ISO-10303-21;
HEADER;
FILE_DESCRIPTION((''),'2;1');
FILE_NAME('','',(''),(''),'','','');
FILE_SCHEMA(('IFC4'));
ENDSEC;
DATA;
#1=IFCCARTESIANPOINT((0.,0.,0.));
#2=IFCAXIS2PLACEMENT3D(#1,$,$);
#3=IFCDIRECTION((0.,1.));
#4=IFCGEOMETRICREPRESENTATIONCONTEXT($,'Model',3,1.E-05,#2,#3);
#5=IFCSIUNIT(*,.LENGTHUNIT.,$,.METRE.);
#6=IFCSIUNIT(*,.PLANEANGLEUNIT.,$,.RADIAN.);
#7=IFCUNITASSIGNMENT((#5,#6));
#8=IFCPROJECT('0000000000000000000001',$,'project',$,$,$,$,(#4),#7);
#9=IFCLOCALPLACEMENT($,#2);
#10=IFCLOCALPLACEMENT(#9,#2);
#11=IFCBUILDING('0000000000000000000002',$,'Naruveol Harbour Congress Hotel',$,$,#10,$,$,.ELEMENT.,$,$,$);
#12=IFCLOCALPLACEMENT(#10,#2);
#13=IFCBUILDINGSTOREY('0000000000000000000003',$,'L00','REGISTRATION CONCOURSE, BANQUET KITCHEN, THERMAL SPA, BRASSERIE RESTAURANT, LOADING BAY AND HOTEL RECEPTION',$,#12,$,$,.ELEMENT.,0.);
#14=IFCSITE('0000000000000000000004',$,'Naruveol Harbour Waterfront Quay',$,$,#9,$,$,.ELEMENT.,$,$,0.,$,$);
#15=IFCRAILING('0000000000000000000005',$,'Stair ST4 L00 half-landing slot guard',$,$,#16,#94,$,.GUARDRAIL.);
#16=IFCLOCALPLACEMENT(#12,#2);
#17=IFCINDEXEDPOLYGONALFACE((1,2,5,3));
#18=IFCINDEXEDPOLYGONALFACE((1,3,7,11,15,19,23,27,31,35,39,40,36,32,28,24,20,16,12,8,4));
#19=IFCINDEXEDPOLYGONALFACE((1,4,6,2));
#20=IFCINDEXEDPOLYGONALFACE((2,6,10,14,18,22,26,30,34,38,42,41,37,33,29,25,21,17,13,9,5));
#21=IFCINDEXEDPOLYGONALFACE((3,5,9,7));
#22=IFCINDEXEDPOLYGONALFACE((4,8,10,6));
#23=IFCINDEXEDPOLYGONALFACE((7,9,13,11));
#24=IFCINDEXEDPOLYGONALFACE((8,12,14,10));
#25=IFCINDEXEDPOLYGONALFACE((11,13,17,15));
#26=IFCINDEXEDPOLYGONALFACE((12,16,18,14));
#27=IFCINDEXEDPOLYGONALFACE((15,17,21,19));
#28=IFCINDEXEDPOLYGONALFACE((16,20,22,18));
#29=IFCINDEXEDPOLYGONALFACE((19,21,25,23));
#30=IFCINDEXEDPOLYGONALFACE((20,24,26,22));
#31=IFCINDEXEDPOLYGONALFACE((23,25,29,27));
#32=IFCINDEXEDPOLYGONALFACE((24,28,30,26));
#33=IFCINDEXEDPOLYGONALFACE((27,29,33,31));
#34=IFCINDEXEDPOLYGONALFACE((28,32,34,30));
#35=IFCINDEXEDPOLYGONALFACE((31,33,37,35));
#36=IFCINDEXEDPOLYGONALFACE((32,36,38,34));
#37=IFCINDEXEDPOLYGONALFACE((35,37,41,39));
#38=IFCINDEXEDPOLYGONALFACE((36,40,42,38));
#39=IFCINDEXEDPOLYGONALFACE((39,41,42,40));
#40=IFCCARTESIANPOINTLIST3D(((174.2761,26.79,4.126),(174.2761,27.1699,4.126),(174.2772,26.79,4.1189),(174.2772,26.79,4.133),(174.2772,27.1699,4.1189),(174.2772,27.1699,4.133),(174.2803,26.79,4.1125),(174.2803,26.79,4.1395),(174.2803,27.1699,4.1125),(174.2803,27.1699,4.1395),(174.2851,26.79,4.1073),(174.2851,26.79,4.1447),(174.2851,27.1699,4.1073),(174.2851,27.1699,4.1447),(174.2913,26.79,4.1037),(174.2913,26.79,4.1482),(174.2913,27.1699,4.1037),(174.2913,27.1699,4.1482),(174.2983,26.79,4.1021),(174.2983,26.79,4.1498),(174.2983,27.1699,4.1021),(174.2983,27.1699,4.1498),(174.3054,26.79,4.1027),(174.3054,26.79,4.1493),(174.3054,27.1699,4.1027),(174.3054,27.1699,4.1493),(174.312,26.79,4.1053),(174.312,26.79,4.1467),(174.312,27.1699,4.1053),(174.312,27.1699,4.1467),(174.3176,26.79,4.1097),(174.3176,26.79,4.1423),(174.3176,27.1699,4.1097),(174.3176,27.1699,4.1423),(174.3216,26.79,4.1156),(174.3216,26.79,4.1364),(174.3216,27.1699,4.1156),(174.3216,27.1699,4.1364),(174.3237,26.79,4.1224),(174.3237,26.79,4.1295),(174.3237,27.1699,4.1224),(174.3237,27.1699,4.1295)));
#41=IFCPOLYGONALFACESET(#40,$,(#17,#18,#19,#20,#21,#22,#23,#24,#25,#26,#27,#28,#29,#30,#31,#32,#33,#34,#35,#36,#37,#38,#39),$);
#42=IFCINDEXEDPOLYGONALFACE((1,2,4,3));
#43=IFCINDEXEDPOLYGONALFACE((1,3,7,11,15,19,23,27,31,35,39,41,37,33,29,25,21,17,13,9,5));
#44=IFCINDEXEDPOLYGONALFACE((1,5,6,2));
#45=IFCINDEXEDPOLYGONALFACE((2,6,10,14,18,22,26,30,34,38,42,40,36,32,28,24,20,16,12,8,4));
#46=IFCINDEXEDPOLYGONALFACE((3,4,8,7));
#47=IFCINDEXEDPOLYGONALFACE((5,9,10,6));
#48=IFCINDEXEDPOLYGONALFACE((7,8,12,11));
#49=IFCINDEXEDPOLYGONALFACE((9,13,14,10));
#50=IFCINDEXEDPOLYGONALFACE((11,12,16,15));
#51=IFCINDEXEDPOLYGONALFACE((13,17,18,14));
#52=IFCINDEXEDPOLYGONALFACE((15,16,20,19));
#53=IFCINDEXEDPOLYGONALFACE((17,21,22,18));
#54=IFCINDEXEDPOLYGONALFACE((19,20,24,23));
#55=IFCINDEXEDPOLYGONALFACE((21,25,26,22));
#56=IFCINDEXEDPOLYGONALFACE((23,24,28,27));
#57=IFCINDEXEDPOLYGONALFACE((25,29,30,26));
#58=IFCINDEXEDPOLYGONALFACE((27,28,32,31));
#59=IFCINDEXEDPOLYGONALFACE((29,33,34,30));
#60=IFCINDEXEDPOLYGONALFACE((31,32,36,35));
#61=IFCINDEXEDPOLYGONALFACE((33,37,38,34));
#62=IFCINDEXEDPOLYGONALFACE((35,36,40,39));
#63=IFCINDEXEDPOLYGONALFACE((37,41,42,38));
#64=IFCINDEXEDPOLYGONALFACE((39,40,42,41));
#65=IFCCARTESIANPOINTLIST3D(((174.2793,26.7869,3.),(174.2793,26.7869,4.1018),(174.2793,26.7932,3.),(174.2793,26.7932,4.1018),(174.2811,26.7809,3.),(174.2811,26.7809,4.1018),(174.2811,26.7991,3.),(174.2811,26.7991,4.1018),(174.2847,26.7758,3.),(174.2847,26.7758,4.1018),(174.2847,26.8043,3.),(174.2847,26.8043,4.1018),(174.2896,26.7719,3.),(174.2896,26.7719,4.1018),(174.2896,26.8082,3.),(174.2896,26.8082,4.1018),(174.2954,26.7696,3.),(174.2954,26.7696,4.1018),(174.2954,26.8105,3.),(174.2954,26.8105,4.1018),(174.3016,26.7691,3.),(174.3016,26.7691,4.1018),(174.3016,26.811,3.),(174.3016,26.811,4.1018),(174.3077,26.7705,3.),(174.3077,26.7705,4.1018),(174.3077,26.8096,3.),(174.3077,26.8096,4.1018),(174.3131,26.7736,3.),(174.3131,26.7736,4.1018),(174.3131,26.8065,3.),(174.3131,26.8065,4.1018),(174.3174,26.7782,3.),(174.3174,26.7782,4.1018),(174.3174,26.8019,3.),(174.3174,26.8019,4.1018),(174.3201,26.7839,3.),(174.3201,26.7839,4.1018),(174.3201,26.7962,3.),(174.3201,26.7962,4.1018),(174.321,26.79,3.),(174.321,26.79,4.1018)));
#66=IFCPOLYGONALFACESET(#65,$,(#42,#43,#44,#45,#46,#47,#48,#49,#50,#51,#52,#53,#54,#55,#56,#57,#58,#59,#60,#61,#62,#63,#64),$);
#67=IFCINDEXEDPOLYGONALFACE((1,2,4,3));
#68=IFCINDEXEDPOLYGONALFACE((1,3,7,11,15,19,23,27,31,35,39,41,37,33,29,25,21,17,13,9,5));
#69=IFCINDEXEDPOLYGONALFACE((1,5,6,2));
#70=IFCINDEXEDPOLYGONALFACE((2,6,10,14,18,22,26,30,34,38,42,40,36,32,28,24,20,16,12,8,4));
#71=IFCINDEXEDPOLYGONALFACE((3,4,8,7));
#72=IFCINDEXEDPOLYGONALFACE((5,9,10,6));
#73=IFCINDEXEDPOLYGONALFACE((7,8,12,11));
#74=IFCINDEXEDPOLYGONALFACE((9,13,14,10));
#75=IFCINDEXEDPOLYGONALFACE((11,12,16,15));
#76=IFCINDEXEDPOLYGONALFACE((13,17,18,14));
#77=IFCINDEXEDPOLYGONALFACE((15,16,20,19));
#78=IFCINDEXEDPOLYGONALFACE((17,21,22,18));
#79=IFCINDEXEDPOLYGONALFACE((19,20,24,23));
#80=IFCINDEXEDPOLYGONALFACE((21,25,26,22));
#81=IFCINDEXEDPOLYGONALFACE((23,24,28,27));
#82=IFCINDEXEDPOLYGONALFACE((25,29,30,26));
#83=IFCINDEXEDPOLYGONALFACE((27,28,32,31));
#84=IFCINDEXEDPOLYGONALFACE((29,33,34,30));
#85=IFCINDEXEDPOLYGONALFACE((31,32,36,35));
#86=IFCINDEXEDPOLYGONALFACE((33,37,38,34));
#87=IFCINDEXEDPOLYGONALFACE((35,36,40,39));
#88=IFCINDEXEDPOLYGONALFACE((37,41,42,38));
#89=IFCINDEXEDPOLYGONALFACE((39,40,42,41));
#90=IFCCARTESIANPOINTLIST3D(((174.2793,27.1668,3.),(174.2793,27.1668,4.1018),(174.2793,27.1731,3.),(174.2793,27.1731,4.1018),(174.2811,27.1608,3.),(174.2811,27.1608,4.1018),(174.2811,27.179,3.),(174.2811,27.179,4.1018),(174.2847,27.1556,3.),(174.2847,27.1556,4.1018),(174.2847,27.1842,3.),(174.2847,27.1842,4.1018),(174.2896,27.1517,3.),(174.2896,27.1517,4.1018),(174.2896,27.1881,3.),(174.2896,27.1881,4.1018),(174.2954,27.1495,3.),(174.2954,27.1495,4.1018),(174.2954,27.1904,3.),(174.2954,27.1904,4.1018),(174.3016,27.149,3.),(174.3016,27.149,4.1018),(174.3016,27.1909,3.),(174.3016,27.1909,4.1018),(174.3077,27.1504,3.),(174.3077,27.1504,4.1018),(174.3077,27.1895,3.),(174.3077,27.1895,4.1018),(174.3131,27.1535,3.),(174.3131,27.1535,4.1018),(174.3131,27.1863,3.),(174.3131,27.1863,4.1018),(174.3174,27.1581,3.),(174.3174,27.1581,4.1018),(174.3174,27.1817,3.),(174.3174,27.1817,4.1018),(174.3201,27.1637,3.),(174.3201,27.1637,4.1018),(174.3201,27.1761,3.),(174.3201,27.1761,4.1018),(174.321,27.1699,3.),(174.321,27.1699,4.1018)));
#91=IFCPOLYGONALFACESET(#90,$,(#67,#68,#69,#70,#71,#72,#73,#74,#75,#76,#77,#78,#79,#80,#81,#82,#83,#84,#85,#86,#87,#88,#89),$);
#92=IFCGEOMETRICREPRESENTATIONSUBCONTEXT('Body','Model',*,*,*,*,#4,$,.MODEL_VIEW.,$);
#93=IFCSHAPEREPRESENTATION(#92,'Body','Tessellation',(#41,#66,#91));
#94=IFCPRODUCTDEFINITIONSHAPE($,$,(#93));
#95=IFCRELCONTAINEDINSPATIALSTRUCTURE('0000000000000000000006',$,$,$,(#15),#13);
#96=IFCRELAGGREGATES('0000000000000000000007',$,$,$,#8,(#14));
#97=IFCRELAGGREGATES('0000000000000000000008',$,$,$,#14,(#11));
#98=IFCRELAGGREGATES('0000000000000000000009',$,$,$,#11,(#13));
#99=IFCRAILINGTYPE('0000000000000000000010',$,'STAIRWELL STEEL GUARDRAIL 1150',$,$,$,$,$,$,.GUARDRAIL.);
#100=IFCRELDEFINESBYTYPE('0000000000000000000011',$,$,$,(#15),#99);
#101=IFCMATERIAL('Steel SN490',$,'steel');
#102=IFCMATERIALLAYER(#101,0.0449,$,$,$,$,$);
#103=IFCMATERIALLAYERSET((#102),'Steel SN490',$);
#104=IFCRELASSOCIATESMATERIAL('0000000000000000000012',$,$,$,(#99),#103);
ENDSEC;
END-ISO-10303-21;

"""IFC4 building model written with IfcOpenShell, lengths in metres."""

from ifc_helpers import new_model, si_unit, direction, frame, origin, origin_2d, place, context, subcontext, project, spatial, circle, extrude, material, layer, layer_set, type_object, element, save


model = new_model("IFC4")

# Units and contexts
model_context = context("Model", 3, precision=1e-05, world=origin(), true_north=direction((0.0, 1.0)))
body_context = subcontext(model_context, "Body", "Model", "MODEL_VIEW")
ifc_project = project(units=[si_unit("LENGTHUNIT", "METRE"), si_unit("PLANEANGLEUNIT", "RADIAN")], contexts=[model_context])

# Site, building, storey
site_placement = place(None, origin())
site = spatial("IfcSite", under=ifc_project, at=site_placement, Name="Naruveol Harbour Waterfront Quay", CompositionType="ELEMENT", RefElevation=0.0)
building_placement = place(site_placement, origin())
building = spatial("IfcBuilding", under=site, at=building_placement, Name="Naruveol Harbour Congress Hotel", CompositionType="ELEMENT")
storey_placement = place(building_placement, origin())
storey = spatial("IfcBuildingStorey", under=building, at=storey_placement, Name="L00", Description="REGISTRATION CONCOURSE, BANQUET KITCHEN, THERMAL SPA, BRASSERIE RESTAURANT, LOADING BAY AND HOTEL RECEPTION", CompositionType="ELEMENT", Elevation=0.0)

# Railing
ifc_material_1 = material(Name="Steel SN490", Category="steel")
ifc_layer_1 = layer(ifc_material_1, 0.0449)
ifc_layer_set_1 = layer_set([ifc_layer_1], Name="Steel SN490")
railing_type_1 = type_object("IfcRailingType", Name="STAIRWELL STEEL GUARDRAIL 1150", PredefinedType="GUARDRAIL", material=ifc_layer_set_1)
railing_1_placement = place(storey_placement, frame((174.3, 26.79, 3.0)))
element("IfcRailing", 1, at=railing_1_placement, inside=storey, type_object=railing_type_1, Name="Stair ST4 L00 half-landing slot guard", PredefinedType="GUARDRAIL", context=body_context, shape_type="SweptSolid", body=[
    extrude(circle(Radius=0.0239, at=origin_2d()), frame((0.0, 0.0, 1.126), z_axis=(0.0, 1.0, 0.0), x_axis=(-1.0, 0.0, 0.0)), (0.0, 0.0, 1.0), 0.3799),
    extrude(circle(Radius=0.021, at=origin_2d()), origin(), (0.0, 0.0, 1.0), 1.1018),
    extrude(circle(Radius=0.021, at=origin_2d()), frame((0.0, 0.3799, 0.0)), (0.0, 0.0, 1.0), 1.1018),
])

save(model, "model.ifc")
